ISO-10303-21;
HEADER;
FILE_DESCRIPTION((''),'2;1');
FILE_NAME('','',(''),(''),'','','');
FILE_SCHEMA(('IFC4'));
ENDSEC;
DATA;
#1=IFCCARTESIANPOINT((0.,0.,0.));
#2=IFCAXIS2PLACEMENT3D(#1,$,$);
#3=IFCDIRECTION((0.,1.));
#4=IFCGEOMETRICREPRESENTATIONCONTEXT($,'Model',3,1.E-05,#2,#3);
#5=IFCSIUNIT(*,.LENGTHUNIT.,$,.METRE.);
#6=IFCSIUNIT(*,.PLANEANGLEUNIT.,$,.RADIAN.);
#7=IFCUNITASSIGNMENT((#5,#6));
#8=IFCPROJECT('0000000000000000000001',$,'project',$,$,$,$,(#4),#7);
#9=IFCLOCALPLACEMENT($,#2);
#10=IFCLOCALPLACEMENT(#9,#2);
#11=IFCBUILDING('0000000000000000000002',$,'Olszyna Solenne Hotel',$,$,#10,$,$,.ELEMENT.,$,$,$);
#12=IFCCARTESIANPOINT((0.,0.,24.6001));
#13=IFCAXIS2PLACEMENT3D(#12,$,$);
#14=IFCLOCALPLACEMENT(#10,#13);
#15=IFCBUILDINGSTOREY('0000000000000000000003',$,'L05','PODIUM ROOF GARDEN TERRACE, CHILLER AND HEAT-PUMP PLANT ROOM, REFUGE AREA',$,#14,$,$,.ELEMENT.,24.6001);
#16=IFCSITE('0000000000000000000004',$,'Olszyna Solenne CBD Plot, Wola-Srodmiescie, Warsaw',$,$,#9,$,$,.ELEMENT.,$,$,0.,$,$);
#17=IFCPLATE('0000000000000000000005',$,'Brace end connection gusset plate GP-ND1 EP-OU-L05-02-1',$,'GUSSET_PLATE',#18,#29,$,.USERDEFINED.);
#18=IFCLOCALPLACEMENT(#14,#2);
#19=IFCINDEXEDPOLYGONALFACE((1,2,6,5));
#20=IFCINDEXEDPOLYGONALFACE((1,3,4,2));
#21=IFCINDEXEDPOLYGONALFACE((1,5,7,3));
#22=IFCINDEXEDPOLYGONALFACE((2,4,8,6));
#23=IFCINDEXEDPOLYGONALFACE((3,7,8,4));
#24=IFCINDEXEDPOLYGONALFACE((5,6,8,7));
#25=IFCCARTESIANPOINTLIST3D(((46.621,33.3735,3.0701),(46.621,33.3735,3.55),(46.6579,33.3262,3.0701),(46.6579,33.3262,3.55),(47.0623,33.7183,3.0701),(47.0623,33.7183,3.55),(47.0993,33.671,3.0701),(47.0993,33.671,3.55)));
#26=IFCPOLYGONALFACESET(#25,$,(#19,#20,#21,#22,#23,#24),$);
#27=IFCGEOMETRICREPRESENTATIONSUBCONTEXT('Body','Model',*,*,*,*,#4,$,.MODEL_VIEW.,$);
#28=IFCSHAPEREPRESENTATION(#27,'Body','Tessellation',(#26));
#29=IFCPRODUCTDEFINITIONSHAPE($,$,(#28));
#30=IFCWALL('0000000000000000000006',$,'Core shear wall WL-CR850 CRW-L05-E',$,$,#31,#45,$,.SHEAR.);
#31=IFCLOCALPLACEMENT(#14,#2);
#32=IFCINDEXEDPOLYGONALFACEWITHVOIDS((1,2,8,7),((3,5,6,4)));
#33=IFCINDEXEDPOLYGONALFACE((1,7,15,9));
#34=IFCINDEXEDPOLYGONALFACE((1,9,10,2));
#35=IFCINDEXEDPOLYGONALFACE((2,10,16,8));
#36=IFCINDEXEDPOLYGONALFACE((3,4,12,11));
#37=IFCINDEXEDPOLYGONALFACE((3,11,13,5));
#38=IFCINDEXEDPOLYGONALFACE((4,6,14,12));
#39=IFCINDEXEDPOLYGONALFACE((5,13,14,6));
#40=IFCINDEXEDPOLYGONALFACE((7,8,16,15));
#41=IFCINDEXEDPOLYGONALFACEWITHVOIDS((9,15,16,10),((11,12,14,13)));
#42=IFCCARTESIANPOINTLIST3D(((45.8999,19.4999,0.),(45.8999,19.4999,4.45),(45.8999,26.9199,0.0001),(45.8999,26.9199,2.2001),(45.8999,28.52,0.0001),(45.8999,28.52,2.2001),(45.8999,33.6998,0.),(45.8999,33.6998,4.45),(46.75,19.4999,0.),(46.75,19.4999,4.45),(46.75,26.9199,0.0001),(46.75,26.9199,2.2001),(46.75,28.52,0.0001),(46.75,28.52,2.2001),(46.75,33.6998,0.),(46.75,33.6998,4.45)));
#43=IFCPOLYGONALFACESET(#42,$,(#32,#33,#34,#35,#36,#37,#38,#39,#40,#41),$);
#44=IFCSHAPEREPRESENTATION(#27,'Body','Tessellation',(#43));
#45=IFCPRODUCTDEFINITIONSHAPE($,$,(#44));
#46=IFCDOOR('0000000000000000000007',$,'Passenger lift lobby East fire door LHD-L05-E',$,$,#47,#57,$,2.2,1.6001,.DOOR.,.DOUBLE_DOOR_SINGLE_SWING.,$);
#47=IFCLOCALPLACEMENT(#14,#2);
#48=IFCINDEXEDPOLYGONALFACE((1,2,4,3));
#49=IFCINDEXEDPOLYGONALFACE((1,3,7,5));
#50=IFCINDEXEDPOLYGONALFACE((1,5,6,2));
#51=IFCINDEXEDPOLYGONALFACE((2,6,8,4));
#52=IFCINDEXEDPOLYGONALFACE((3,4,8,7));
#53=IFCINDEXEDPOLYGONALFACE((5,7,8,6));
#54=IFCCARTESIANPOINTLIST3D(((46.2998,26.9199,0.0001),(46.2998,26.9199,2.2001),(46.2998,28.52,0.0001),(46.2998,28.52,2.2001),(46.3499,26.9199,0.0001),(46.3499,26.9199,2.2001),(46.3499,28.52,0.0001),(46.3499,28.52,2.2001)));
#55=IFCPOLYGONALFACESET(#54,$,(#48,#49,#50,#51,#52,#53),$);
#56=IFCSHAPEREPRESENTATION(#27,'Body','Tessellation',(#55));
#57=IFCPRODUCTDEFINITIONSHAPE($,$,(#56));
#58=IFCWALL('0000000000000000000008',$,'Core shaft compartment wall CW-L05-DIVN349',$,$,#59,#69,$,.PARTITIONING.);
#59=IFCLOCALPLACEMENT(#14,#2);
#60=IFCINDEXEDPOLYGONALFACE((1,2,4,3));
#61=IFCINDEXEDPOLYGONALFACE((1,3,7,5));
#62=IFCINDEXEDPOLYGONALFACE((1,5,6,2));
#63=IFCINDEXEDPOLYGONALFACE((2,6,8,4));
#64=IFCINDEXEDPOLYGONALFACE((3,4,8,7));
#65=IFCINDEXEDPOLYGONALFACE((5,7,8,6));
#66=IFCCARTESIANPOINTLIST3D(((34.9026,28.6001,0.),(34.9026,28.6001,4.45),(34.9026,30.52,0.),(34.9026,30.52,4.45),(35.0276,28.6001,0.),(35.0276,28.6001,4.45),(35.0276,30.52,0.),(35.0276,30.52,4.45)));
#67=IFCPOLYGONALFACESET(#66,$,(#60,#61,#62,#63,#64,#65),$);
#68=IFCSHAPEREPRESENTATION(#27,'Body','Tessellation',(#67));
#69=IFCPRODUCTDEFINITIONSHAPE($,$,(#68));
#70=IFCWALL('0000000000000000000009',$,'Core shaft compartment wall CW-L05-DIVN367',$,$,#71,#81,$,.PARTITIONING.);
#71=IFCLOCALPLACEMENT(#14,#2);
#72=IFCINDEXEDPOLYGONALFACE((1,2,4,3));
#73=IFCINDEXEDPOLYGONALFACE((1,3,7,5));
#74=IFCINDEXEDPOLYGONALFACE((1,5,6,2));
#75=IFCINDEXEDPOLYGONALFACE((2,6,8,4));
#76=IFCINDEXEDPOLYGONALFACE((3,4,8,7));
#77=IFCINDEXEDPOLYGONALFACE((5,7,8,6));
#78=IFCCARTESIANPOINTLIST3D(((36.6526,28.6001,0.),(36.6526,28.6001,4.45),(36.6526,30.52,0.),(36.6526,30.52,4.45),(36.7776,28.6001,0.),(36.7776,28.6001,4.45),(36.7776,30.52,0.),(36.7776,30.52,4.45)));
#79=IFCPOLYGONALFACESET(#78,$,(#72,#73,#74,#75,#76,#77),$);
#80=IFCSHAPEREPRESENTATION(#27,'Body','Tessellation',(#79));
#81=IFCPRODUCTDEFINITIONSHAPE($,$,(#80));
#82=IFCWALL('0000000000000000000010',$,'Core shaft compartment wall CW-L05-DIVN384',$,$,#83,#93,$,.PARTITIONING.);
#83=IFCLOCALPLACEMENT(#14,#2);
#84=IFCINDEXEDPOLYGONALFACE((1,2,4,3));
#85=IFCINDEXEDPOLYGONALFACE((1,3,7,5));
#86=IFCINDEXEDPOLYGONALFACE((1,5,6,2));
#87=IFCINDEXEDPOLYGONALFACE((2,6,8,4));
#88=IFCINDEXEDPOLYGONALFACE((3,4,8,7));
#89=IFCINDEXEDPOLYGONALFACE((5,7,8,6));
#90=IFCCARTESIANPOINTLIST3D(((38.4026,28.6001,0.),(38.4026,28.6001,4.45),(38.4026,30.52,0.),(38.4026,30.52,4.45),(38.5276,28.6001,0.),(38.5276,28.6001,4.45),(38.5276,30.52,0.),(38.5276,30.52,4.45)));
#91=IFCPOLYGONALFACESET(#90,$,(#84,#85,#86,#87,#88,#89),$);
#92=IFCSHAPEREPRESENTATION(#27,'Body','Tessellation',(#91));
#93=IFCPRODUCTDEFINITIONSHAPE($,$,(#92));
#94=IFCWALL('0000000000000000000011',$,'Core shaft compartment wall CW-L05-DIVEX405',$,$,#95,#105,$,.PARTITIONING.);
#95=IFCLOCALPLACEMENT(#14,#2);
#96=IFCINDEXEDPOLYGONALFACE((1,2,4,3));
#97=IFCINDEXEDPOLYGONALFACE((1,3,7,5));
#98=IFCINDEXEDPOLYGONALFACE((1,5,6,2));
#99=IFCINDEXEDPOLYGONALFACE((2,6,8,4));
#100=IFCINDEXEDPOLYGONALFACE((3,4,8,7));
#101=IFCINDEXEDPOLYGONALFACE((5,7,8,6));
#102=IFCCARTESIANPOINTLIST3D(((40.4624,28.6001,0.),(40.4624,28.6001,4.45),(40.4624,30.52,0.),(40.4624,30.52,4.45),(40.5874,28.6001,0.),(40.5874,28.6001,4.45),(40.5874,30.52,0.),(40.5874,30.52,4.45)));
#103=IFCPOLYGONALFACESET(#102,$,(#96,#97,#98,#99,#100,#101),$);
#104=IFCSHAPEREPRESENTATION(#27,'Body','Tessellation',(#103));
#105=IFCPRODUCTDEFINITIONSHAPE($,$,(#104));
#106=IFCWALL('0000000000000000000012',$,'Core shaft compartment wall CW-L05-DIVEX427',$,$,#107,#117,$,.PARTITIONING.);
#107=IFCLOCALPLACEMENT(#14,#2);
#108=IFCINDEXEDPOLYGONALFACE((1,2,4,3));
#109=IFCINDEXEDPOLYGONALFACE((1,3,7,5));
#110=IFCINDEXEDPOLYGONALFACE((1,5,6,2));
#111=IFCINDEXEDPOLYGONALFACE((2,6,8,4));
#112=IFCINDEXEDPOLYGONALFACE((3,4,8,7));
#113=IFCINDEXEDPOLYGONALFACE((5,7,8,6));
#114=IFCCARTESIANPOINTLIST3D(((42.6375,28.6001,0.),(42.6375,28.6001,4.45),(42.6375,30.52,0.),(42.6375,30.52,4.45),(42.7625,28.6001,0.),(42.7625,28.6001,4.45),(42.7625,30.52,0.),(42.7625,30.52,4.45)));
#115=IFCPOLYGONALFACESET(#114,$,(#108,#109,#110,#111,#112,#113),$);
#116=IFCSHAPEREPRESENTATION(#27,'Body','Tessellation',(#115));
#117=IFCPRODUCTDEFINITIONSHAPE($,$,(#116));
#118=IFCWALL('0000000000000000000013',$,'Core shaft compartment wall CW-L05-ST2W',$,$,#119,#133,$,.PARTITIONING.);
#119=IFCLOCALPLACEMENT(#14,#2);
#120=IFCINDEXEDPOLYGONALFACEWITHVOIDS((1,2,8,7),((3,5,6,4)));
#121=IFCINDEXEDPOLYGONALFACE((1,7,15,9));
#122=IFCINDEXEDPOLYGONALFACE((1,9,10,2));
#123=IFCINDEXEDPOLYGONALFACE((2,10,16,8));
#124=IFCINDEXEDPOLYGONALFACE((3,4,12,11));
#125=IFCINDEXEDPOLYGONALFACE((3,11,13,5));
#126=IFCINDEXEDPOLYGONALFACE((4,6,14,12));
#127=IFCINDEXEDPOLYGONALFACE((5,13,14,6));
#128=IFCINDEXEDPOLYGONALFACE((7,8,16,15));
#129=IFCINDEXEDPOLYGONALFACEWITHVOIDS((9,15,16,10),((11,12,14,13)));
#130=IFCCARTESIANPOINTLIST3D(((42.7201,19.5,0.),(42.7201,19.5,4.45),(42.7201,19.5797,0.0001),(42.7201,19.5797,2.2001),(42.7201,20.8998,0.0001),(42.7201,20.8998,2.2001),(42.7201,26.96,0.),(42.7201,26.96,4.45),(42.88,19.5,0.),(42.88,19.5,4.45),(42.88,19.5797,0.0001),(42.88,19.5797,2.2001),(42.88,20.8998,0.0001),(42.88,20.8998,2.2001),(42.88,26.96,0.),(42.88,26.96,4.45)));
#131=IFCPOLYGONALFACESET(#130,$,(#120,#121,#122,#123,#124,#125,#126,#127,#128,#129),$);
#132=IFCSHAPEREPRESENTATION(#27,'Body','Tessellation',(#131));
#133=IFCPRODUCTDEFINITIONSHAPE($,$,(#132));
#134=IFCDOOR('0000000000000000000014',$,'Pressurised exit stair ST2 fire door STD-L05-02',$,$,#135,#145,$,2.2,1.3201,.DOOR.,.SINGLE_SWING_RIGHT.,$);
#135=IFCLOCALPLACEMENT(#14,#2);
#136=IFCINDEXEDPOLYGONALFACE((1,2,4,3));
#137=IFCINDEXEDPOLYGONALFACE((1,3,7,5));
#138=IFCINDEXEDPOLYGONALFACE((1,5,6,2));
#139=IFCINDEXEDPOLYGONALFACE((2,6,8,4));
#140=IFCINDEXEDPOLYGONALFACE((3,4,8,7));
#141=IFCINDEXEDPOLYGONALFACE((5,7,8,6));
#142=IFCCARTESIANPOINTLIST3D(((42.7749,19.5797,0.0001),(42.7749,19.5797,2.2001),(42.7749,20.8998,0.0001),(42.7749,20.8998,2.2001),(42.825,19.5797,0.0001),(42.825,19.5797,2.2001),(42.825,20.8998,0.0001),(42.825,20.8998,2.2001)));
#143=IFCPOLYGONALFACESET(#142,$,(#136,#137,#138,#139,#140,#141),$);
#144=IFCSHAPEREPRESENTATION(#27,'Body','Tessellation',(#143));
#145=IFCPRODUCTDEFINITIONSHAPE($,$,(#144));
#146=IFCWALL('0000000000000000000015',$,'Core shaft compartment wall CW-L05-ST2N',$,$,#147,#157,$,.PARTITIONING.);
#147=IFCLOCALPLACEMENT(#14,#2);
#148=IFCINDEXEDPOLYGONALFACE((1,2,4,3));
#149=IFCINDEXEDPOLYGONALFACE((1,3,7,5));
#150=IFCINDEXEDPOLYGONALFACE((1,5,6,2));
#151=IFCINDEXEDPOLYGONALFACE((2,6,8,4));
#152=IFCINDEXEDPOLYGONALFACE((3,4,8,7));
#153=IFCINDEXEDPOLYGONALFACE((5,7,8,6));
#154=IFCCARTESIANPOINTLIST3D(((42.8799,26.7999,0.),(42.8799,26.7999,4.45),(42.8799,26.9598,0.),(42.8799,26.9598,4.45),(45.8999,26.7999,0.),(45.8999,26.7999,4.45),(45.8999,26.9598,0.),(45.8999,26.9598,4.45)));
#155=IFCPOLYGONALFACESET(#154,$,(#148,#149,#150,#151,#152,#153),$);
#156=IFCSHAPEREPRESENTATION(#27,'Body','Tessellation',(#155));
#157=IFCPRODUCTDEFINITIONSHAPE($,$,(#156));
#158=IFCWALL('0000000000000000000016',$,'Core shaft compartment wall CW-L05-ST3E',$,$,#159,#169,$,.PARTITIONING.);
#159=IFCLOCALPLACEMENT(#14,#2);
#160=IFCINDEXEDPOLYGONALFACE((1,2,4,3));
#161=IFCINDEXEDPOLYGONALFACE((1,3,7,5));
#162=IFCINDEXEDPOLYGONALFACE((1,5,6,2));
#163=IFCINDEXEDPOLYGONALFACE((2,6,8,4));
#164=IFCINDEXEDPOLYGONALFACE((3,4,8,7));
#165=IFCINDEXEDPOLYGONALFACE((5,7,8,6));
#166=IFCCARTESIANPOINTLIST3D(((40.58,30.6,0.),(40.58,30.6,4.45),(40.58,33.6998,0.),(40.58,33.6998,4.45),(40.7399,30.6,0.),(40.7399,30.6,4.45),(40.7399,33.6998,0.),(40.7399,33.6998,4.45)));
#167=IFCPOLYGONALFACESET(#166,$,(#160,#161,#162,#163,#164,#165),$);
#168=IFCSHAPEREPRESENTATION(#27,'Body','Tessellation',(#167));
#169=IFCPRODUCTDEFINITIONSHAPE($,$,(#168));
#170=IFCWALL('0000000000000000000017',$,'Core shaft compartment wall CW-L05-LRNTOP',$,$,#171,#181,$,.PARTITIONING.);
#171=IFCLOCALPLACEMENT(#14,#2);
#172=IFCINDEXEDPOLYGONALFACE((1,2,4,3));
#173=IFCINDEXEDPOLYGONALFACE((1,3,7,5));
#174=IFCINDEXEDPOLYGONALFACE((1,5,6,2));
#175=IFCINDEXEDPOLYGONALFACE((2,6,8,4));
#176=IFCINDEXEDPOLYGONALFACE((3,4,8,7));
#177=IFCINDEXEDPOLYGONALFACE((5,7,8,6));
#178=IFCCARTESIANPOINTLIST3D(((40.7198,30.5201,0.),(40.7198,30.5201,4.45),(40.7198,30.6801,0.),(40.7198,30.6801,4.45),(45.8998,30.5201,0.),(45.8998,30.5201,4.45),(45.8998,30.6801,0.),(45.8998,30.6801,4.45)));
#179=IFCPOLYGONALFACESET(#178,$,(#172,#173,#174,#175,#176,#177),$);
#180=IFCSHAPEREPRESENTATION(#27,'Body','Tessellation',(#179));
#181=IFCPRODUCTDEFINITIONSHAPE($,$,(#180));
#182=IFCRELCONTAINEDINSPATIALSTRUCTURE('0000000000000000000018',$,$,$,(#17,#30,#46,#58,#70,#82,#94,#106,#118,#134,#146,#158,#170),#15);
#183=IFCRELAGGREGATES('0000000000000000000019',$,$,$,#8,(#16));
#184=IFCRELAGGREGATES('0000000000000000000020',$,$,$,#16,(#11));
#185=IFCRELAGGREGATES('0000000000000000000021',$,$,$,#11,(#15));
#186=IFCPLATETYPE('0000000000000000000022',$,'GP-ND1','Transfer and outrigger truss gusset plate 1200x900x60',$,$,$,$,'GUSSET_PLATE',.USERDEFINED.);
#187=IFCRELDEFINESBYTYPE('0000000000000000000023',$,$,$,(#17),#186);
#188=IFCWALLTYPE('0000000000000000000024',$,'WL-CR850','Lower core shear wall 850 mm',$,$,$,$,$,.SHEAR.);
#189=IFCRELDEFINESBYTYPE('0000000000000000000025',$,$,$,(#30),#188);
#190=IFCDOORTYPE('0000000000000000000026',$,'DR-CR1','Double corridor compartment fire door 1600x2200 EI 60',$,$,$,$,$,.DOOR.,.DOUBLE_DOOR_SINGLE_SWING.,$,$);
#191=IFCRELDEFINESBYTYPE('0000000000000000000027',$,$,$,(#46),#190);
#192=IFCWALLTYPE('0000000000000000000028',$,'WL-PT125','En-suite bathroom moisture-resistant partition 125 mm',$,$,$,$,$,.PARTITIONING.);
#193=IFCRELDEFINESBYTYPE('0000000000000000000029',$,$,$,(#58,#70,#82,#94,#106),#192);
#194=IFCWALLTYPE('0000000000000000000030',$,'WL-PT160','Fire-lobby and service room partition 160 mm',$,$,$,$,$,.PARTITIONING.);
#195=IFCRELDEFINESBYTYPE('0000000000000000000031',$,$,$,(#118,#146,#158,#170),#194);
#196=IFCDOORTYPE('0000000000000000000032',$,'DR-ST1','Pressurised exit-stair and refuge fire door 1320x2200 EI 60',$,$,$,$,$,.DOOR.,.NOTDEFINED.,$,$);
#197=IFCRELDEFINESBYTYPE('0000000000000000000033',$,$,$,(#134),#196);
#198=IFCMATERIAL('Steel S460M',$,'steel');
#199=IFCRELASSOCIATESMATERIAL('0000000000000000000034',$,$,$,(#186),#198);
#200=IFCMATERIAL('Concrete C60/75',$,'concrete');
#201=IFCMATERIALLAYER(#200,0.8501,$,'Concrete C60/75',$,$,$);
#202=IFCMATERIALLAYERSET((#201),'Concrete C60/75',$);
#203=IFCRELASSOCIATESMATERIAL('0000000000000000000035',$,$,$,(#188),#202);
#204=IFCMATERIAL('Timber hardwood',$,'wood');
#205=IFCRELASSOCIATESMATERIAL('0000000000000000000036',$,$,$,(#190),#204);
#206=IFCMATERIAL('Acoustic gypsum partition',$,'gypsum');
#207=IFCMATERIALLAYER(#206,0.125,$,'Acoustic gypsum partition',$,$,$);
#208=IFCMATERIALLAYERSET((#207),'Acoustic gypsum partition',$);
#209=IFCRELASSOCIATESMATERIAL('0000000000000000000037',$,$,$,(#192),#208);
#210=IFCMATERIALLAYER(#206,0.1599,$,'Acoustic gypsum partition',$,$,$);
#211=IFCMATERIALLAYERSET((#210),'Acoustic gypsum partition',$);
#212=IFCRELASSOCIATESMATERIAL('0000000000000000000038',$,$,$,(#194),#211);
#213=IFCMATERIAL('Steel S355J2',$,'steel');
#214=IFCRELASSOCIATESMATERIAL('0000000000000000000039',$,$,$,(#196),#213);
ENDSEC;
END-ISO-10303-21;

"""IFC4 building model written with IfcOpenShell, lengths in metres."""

from ifc_helpers import new_model, si_unit, direction, frame, frame_2d, origin, origin_2d, place, context, subcontext, project, spatial, rectangle, extrude, source, transform, mapped, material, layer, layer_set, type_object, type_shapes, element, fill, save


model = new_model("IFC4")

# Units and contexts
model_context = context("Model", 3, precision=1e-05, world=origin(), true_north=direction((0.0, 1.0)))
body_context = subcontext(model_context, "Body", "Model", "MODEL_VIEW")
ifc_project = project(units=[si_unit("LENGTHUNIT", "METRE"), si_unit("PLANEANGLEUNIT", "RADIAN")], contexts=[model_context])

# Site, building, storey
site_placement = place(None, origin())
site = spatial("IfcSite", under=ifc_project, at=site_placement, Name="Olszyna Solenne CBD Plot, Wola-Srodmiescie, Warsaw", CompositionType="ELEMENT", RefElevation=0.0)
building_placement = place(site_placement, origin())
building = spatial("IfcBuilding", under=site, at=building_placement, Name="Olszyna Solenne Hotel", CompositionType="ELEMENT")
storey_placement = place(building_placement, frame((0.0, 0.0, 24.6001)))
storey = spatial("IfcBuildingStorey", under=building, at=storey_placement, Name="L05", Description="PODIUM ROOF GARDEN TERRACE, CHILLER AND HEAT-PUMP PLANT ROOM, REFUGE AREA", CompositionType="ELEMENT", Elevation=24.6001)

# Shared definitions
ifc_material_1 = material(Name="Steel S460M", Category="steel")

# Shared definitions
ifc_material_2 = material(Name="Steel S355J2", Category="steel")

# Plate
plate_type_1 = type_object("IfcPlateType", Name="GP-ND1", Description="Transfer and outrigger truss gusset plate 1200x900x60", ElementType="GUSSET_PLATE", PredefinedType="USERDEFINED", material=ifc_material_1)
shared_shape_1 = source(origin(), body_context, "Body", "SweptSolid", [
    extrude(rectangle(XDim=0.5601, YDim=0.0601, at=origin_2d()), origin(), (0.0, 0.0, 1.0), 0.48),
])
plate_1_placement = place(storey_placement, frame((46.8601, 33.5222, 3.0701), z_axis=(0.0, 0.0, 1.0), x_axis=(0.788011, 0.615661, 0.0)))
element("IfcPlate", 1, at=plate_1_placement, inside=storey, type_object=plate_type_1, Name="Brace end connection gusset plate GP-ND1 EP-OU-L05-02-1", ObjectType="GUSSET_PLATE", PredefinedType="USERDEFINED", context=body_context, shape_type="MappedRepresentation", body=[
    mapped(shared_shape_1, transform((0.0, 0.0, 0.0), x_axis=(1.0, 0.0, 0.0), y_axis=(0.0, 1.0, 0.0), z_axis=(0.0, 0.0, 1.0), scale=1.0)),
])

# Wall, opening, door
ifc_material_3 = material(Name="Concrete C60/75", Category="concrete")
ifc_layer_1 = layer(ifc_material_3, 0.8501, Name="Concrete C60/75")
ifc_layer_set_1 = layer_set([ifc_layer_1], Name="Concrete C60/75")
wall_type_1 = type_object("IfcWallType", Name="WL-CR850", Description="Lower core shear wall 850 mm", PredefinedType="SHEAR", material=ifc_layer_set_1)
wall_1_placement = place(storey_placement, frame((46.325, 33.7, 0.0), z_axis=(0.0, 0.0, 1.0), x_axis=(0.0, -1.0, 0.0)))
wall_1 = element("IfcWall", 2, at=wall_1_placement, inside=storey, type_object=wall_type_1, Name="Core shear wall WL-CR850 CRW-L05-E", PredefinedType="SHEAR", context=body_context, shape_type="SweptSolid", body=[
    extrude(rectangle(XDim=14.2, YDim=0.8501, at=frame_2d((7.1001, 0.0))), origin(), (0.0, 0.0, 1.0), 4.45),
])
opening_1_placement = place(wall_1_placement, frame((5.1799, 0.0, 0.0)))
opening_1 = element("IfcOpeningElement", 3, at=opening_1_placement, cuts=wall_1, PredefinedType="OPENING", context=body_context, shape_type="SweptSolid", body=[
    extrude(rectangle(XDim=1.6001, YDim=2.2, at=frame_2d((0.8, 1.1001))), frame((0.0, 0.4351, 0.0), z_axis=(0.0, -1.0, 0.0), x_axis=(1.0, 0.0, 0.0)), (0.0, 0.0, 1.0), 0.8701),
])
ifc_material_4 = material(Name="Timber hardwood", Category="wood")
door_type_1 = type_object("IfcDoorType", Name="DR-CR1", Description="Double corridor compartment fire door 1600x2200 EI 60", OperationType="DOUBLE_DOOR_SINGLE_SWING", PredefinedType="DOOR", material=ifc_material_4)
shared_shape_2 = source(origin(), body_context, "Body", "SweptSolid", [
    extrude(rectangle(XDim=1.6001, YDim=2.2, at=frame_2d((0.8, 1.1001))), frame((0.0, 0.0249, 0.0), z_axis=(0.0, -1.0, 0.0), x_axis=(1.0, 0.0, 0.0)), (0.0, 0.0, 1.0), 0.05),
])
type_shapes(door_type_1, [shared_shape_2])
door_1_placement = place(opening_1_placement, origin())
door_1 = element("IfcDoor", 4, at=door_1_placement, inside=storey, type_object=door_type_1, Name="Passenger lift lobby East fire door LHD-L05-E", OperationType="DOUBLE_DOOR_SINGLE_SWING", OverallHeight=2.2, OverallWidth=1.6001, PredefinedType="DOOR", context=body_context, shape_type="MappedRepresentation", body=[
    mapped(shared_shape_2, transform((0.0, 0.0, 0.0), x_axis=(1.0, 0.0, 0.0), y_axis=(0.0, 1.0, 0.0), z_axis=(0.0, 0.0, 1.0), scale=1.0)),
])
fill(opening_1, door_1)

# Walls
ifc_material_5 = material(Name="Acoustic gypsum partition", Category="gypsum")
ifc_layer_2 = layer(ifc_material_5, 0.125, Name="Acoustic gypsum partition")
ifc_layer_set_2 = layer_set([ifc_layer_2], Name="Acoustic gypsum partition")
wall_type_2 = type_object("IfcWallType", Name="WL-PT125", Description="En-suite bathroom moisture-resistant partition 125 mm", PredefinedType="PARTITIONING", material=ifc_layer_set_2)
for number, where, z_axis, x_axis, name in (
    (5, (34.9651, 28.6001, 0.0), (0.0, 0.0, 1.0), (0.0, 1.0, 0.0), "Core shaft compartment wall CW-L05-DIVN349"),
    (6, (36.7151, 28.6001, 0.0), (0.0, 0.0, 1.0), (0.0, 1.0, 0.0), "Core shaft compartment wall CW-L05-DIVN367"),
    (7, (38.4651, 28.6001, 0.0), (0.0, 0.0, 1.0), (0.0, 1.0, 0.0), "Core shaft compartment wall CW-L05-DIVN384"),
    (8, (40.5249, 28.6001, 0.0), (0.0, 0.0, 1.0), (0.0, 1.0, 0.0), "Core shaft compartment wall CW-L05-DIVEX405"),
    (9, (42.7, 28.6001, 0.0), (0.0, 0.0, 1.0), (0.0, 1.0, 0.0), "Core shaft compartment wall CW-L05-DIVEX427"),
):
    element("IfcWall", number, at=place(storey_placement, frame(where, z_axis=z_axis, x_axis=x_axis)), inside=storey, type_object=wall_type_2, Name=name, PredefinedType="PARTITIONING", context=body_context, shape_type="SweptSolid", body=[
        extrude(rectangle(XDim=1.9199, YDim=0.125, at=frame_2d((0.96, 0.0))), origin(), (0.0, 0.0, 1.0), 4.45),
    ])

# Wall, opening, door
ifc_layer_3 = layer(ifc_material_5, 0.1599, Name="Acoustic gypsum partition")
ifc_layer_set_3 = layer_set([ifc_layer_3], Name="Acoustic gypsum partition")
wall_type_3 = type_object("IfcWallType", Name="WL-PT160", Description="Fire-lobby and service room partition 160 mm", PredefinedType="PARTITIONING", material=ifc_layer_set_3)
wall_2_placement = place(storey_placement, frame((42.8, 26.96, 0.0), z_axis=(0.0, 0.0, 1.0), x_axis=(0.0, -1.0, 0.0)))
wall_2 = element("IfcWall", 10, at=wall_2_placement, inside=storey, type_object=wall_type_3, Name="Core shaft compartment wall CW-L05-ST2W", PredefinedType="PARTITIONING", context=body_context, shape_type="SweptSolid", body=[
    extrude(rectangle(XDim=7.46, YDim=0.1599, at=frame_2d((3.73, 0.0))), origin(), (0.0, 0.0, 1.0), 4.45),
])
opening_2_placement = place(wall_2_placement, frame((6.0601, 0.0, 0.0)))
opening_2 = element("IfcOpeningElement", 11, at=opening_2_placement, cuts=wall_2, PredefinedType="OPENING", context=body_context, shape_type="SweptSolid", body=[
    extrude(rectangle(XDim=1.3201, YDim=2.2, at=frame_2d((0.6602, 1.1001))), frame((0.0, 0.0898, 0.0), z_axis=(0.0, -1.0, 0.0), x_axis=(1.0, 0.0, 0.0)), (0.0, 0.0, 1.0), 0.1799),
])
door_type_2 = type_object("IfcDoorType", Name="DR-ST1", Description="Pressurised exit-stair and refuge fire door 1320x2200 EI 60", OperationType="NOTDEFINED", PredefinedType="DOOR", material=ifc_material_2)
shared_shape_3 = source(origin(), body_context, "Body", "SweptSolid", [
    extrude(rectangle(XDim=1.3201, YDim=2.2, at=frame_2d((0.6602, 1.1001))), frame((0.0, 0.0249, 0.0), z_axis=(0.0, -1.0, 0.0), x_axis=(1.0, 0.0, 0.0)), (0.0, 0.0, 1.0), 0.05),
])
type_shapes(door_type_2, [shared_shape_3])
door_2_placement = place(opening_2_placement, origin())
door_2 = element("IfcDoor", 12, at=door_2_placement, inside=storey, type_object=door_type_2, Name="Pressurised exit stair ST2 fire door STD-L05-02", OperationType="SINGLE_SWING_RIGHT", OverallHeight=2.2, OverallWidth=1.3201, PredefinedType="DOOR", context=body_context, shape_type="MappedRepresentation", body=[
    mapped(shared_shape_3, transform((0.0, 0.0, 0.0), x_axis=(1.0, 0.0, 0.0), y_axis=(0.0, 1.0, 0.0), z_axis=(0.0, 0.0, 1.0), scale=1.0)),
])
fill(opening_2, door_2)

# Walls
wall_3_placement = place(storey_placement, frame((42.8799, 26.8799, 0.0), z_axis=(0.0, 0.0, 1.0), x_axis=(1.0, 0.0, 0.0)))
element("IfcWall", 13, at=wall_3_placement, inside=storey, type_object=wall_type_3, Name="Core shaft compartment wall CW-L05-ST2N", PredefinedType="PARTITIONING", context=body_context, shape_type="SweptSolid", body=[
    extrude(rectangle(XDim=3.02, YDim=0.1599, at=frame_2d((1.51, 0.0))), origin(), (0.0, 0.0, 1.0), 4.45),
])
wall_4_placement = place(storey_placement, frame((40.6599, 30.6001, 0.0), z_axis=(0.0, 0.0, 1.0), x_axis=(0.0, 1.0, 0.0)))
element("IfcWall", 14, at=wall_4_placement, inside=storey, type_object=wall_type_3, Name="Core shaft compartment wall CW-L05-ST3E", PredefinedType="PARTITIONING", context=body_context, shape_type="SweptSolid", body=[
    extrude(rectangle(XDim=3.0999, YDim=0.1599, at=frame_2d((1.5498, 0.0))), origin(), (0.0, 0.0, 1.0), 4.45),
])
wall_5_placement = place(storey_placement, frame((40.72, 30.6001, 0.0), z_axis=(0.0, 0.0, 1.0), x_axis=(1.0, 0.0, 0.0)))
element("IfcWall", 15, at=wall_5_placement, inside=storey, type_object=wall_type_3, Name="Core shaft compartment wall CW-L05-LRNTOP", PredefinedType="PARTITIONING", context=body_context, shape_type="SweptSolid", body=[
    extrude(rectangle(XDim=5.1799, YDim=0.1599, at=frame_2d((2.5898, 0.0))), origin(), (0.0, 0.0, 1.0), 4.45),
])

save(model, "model.ifc")
